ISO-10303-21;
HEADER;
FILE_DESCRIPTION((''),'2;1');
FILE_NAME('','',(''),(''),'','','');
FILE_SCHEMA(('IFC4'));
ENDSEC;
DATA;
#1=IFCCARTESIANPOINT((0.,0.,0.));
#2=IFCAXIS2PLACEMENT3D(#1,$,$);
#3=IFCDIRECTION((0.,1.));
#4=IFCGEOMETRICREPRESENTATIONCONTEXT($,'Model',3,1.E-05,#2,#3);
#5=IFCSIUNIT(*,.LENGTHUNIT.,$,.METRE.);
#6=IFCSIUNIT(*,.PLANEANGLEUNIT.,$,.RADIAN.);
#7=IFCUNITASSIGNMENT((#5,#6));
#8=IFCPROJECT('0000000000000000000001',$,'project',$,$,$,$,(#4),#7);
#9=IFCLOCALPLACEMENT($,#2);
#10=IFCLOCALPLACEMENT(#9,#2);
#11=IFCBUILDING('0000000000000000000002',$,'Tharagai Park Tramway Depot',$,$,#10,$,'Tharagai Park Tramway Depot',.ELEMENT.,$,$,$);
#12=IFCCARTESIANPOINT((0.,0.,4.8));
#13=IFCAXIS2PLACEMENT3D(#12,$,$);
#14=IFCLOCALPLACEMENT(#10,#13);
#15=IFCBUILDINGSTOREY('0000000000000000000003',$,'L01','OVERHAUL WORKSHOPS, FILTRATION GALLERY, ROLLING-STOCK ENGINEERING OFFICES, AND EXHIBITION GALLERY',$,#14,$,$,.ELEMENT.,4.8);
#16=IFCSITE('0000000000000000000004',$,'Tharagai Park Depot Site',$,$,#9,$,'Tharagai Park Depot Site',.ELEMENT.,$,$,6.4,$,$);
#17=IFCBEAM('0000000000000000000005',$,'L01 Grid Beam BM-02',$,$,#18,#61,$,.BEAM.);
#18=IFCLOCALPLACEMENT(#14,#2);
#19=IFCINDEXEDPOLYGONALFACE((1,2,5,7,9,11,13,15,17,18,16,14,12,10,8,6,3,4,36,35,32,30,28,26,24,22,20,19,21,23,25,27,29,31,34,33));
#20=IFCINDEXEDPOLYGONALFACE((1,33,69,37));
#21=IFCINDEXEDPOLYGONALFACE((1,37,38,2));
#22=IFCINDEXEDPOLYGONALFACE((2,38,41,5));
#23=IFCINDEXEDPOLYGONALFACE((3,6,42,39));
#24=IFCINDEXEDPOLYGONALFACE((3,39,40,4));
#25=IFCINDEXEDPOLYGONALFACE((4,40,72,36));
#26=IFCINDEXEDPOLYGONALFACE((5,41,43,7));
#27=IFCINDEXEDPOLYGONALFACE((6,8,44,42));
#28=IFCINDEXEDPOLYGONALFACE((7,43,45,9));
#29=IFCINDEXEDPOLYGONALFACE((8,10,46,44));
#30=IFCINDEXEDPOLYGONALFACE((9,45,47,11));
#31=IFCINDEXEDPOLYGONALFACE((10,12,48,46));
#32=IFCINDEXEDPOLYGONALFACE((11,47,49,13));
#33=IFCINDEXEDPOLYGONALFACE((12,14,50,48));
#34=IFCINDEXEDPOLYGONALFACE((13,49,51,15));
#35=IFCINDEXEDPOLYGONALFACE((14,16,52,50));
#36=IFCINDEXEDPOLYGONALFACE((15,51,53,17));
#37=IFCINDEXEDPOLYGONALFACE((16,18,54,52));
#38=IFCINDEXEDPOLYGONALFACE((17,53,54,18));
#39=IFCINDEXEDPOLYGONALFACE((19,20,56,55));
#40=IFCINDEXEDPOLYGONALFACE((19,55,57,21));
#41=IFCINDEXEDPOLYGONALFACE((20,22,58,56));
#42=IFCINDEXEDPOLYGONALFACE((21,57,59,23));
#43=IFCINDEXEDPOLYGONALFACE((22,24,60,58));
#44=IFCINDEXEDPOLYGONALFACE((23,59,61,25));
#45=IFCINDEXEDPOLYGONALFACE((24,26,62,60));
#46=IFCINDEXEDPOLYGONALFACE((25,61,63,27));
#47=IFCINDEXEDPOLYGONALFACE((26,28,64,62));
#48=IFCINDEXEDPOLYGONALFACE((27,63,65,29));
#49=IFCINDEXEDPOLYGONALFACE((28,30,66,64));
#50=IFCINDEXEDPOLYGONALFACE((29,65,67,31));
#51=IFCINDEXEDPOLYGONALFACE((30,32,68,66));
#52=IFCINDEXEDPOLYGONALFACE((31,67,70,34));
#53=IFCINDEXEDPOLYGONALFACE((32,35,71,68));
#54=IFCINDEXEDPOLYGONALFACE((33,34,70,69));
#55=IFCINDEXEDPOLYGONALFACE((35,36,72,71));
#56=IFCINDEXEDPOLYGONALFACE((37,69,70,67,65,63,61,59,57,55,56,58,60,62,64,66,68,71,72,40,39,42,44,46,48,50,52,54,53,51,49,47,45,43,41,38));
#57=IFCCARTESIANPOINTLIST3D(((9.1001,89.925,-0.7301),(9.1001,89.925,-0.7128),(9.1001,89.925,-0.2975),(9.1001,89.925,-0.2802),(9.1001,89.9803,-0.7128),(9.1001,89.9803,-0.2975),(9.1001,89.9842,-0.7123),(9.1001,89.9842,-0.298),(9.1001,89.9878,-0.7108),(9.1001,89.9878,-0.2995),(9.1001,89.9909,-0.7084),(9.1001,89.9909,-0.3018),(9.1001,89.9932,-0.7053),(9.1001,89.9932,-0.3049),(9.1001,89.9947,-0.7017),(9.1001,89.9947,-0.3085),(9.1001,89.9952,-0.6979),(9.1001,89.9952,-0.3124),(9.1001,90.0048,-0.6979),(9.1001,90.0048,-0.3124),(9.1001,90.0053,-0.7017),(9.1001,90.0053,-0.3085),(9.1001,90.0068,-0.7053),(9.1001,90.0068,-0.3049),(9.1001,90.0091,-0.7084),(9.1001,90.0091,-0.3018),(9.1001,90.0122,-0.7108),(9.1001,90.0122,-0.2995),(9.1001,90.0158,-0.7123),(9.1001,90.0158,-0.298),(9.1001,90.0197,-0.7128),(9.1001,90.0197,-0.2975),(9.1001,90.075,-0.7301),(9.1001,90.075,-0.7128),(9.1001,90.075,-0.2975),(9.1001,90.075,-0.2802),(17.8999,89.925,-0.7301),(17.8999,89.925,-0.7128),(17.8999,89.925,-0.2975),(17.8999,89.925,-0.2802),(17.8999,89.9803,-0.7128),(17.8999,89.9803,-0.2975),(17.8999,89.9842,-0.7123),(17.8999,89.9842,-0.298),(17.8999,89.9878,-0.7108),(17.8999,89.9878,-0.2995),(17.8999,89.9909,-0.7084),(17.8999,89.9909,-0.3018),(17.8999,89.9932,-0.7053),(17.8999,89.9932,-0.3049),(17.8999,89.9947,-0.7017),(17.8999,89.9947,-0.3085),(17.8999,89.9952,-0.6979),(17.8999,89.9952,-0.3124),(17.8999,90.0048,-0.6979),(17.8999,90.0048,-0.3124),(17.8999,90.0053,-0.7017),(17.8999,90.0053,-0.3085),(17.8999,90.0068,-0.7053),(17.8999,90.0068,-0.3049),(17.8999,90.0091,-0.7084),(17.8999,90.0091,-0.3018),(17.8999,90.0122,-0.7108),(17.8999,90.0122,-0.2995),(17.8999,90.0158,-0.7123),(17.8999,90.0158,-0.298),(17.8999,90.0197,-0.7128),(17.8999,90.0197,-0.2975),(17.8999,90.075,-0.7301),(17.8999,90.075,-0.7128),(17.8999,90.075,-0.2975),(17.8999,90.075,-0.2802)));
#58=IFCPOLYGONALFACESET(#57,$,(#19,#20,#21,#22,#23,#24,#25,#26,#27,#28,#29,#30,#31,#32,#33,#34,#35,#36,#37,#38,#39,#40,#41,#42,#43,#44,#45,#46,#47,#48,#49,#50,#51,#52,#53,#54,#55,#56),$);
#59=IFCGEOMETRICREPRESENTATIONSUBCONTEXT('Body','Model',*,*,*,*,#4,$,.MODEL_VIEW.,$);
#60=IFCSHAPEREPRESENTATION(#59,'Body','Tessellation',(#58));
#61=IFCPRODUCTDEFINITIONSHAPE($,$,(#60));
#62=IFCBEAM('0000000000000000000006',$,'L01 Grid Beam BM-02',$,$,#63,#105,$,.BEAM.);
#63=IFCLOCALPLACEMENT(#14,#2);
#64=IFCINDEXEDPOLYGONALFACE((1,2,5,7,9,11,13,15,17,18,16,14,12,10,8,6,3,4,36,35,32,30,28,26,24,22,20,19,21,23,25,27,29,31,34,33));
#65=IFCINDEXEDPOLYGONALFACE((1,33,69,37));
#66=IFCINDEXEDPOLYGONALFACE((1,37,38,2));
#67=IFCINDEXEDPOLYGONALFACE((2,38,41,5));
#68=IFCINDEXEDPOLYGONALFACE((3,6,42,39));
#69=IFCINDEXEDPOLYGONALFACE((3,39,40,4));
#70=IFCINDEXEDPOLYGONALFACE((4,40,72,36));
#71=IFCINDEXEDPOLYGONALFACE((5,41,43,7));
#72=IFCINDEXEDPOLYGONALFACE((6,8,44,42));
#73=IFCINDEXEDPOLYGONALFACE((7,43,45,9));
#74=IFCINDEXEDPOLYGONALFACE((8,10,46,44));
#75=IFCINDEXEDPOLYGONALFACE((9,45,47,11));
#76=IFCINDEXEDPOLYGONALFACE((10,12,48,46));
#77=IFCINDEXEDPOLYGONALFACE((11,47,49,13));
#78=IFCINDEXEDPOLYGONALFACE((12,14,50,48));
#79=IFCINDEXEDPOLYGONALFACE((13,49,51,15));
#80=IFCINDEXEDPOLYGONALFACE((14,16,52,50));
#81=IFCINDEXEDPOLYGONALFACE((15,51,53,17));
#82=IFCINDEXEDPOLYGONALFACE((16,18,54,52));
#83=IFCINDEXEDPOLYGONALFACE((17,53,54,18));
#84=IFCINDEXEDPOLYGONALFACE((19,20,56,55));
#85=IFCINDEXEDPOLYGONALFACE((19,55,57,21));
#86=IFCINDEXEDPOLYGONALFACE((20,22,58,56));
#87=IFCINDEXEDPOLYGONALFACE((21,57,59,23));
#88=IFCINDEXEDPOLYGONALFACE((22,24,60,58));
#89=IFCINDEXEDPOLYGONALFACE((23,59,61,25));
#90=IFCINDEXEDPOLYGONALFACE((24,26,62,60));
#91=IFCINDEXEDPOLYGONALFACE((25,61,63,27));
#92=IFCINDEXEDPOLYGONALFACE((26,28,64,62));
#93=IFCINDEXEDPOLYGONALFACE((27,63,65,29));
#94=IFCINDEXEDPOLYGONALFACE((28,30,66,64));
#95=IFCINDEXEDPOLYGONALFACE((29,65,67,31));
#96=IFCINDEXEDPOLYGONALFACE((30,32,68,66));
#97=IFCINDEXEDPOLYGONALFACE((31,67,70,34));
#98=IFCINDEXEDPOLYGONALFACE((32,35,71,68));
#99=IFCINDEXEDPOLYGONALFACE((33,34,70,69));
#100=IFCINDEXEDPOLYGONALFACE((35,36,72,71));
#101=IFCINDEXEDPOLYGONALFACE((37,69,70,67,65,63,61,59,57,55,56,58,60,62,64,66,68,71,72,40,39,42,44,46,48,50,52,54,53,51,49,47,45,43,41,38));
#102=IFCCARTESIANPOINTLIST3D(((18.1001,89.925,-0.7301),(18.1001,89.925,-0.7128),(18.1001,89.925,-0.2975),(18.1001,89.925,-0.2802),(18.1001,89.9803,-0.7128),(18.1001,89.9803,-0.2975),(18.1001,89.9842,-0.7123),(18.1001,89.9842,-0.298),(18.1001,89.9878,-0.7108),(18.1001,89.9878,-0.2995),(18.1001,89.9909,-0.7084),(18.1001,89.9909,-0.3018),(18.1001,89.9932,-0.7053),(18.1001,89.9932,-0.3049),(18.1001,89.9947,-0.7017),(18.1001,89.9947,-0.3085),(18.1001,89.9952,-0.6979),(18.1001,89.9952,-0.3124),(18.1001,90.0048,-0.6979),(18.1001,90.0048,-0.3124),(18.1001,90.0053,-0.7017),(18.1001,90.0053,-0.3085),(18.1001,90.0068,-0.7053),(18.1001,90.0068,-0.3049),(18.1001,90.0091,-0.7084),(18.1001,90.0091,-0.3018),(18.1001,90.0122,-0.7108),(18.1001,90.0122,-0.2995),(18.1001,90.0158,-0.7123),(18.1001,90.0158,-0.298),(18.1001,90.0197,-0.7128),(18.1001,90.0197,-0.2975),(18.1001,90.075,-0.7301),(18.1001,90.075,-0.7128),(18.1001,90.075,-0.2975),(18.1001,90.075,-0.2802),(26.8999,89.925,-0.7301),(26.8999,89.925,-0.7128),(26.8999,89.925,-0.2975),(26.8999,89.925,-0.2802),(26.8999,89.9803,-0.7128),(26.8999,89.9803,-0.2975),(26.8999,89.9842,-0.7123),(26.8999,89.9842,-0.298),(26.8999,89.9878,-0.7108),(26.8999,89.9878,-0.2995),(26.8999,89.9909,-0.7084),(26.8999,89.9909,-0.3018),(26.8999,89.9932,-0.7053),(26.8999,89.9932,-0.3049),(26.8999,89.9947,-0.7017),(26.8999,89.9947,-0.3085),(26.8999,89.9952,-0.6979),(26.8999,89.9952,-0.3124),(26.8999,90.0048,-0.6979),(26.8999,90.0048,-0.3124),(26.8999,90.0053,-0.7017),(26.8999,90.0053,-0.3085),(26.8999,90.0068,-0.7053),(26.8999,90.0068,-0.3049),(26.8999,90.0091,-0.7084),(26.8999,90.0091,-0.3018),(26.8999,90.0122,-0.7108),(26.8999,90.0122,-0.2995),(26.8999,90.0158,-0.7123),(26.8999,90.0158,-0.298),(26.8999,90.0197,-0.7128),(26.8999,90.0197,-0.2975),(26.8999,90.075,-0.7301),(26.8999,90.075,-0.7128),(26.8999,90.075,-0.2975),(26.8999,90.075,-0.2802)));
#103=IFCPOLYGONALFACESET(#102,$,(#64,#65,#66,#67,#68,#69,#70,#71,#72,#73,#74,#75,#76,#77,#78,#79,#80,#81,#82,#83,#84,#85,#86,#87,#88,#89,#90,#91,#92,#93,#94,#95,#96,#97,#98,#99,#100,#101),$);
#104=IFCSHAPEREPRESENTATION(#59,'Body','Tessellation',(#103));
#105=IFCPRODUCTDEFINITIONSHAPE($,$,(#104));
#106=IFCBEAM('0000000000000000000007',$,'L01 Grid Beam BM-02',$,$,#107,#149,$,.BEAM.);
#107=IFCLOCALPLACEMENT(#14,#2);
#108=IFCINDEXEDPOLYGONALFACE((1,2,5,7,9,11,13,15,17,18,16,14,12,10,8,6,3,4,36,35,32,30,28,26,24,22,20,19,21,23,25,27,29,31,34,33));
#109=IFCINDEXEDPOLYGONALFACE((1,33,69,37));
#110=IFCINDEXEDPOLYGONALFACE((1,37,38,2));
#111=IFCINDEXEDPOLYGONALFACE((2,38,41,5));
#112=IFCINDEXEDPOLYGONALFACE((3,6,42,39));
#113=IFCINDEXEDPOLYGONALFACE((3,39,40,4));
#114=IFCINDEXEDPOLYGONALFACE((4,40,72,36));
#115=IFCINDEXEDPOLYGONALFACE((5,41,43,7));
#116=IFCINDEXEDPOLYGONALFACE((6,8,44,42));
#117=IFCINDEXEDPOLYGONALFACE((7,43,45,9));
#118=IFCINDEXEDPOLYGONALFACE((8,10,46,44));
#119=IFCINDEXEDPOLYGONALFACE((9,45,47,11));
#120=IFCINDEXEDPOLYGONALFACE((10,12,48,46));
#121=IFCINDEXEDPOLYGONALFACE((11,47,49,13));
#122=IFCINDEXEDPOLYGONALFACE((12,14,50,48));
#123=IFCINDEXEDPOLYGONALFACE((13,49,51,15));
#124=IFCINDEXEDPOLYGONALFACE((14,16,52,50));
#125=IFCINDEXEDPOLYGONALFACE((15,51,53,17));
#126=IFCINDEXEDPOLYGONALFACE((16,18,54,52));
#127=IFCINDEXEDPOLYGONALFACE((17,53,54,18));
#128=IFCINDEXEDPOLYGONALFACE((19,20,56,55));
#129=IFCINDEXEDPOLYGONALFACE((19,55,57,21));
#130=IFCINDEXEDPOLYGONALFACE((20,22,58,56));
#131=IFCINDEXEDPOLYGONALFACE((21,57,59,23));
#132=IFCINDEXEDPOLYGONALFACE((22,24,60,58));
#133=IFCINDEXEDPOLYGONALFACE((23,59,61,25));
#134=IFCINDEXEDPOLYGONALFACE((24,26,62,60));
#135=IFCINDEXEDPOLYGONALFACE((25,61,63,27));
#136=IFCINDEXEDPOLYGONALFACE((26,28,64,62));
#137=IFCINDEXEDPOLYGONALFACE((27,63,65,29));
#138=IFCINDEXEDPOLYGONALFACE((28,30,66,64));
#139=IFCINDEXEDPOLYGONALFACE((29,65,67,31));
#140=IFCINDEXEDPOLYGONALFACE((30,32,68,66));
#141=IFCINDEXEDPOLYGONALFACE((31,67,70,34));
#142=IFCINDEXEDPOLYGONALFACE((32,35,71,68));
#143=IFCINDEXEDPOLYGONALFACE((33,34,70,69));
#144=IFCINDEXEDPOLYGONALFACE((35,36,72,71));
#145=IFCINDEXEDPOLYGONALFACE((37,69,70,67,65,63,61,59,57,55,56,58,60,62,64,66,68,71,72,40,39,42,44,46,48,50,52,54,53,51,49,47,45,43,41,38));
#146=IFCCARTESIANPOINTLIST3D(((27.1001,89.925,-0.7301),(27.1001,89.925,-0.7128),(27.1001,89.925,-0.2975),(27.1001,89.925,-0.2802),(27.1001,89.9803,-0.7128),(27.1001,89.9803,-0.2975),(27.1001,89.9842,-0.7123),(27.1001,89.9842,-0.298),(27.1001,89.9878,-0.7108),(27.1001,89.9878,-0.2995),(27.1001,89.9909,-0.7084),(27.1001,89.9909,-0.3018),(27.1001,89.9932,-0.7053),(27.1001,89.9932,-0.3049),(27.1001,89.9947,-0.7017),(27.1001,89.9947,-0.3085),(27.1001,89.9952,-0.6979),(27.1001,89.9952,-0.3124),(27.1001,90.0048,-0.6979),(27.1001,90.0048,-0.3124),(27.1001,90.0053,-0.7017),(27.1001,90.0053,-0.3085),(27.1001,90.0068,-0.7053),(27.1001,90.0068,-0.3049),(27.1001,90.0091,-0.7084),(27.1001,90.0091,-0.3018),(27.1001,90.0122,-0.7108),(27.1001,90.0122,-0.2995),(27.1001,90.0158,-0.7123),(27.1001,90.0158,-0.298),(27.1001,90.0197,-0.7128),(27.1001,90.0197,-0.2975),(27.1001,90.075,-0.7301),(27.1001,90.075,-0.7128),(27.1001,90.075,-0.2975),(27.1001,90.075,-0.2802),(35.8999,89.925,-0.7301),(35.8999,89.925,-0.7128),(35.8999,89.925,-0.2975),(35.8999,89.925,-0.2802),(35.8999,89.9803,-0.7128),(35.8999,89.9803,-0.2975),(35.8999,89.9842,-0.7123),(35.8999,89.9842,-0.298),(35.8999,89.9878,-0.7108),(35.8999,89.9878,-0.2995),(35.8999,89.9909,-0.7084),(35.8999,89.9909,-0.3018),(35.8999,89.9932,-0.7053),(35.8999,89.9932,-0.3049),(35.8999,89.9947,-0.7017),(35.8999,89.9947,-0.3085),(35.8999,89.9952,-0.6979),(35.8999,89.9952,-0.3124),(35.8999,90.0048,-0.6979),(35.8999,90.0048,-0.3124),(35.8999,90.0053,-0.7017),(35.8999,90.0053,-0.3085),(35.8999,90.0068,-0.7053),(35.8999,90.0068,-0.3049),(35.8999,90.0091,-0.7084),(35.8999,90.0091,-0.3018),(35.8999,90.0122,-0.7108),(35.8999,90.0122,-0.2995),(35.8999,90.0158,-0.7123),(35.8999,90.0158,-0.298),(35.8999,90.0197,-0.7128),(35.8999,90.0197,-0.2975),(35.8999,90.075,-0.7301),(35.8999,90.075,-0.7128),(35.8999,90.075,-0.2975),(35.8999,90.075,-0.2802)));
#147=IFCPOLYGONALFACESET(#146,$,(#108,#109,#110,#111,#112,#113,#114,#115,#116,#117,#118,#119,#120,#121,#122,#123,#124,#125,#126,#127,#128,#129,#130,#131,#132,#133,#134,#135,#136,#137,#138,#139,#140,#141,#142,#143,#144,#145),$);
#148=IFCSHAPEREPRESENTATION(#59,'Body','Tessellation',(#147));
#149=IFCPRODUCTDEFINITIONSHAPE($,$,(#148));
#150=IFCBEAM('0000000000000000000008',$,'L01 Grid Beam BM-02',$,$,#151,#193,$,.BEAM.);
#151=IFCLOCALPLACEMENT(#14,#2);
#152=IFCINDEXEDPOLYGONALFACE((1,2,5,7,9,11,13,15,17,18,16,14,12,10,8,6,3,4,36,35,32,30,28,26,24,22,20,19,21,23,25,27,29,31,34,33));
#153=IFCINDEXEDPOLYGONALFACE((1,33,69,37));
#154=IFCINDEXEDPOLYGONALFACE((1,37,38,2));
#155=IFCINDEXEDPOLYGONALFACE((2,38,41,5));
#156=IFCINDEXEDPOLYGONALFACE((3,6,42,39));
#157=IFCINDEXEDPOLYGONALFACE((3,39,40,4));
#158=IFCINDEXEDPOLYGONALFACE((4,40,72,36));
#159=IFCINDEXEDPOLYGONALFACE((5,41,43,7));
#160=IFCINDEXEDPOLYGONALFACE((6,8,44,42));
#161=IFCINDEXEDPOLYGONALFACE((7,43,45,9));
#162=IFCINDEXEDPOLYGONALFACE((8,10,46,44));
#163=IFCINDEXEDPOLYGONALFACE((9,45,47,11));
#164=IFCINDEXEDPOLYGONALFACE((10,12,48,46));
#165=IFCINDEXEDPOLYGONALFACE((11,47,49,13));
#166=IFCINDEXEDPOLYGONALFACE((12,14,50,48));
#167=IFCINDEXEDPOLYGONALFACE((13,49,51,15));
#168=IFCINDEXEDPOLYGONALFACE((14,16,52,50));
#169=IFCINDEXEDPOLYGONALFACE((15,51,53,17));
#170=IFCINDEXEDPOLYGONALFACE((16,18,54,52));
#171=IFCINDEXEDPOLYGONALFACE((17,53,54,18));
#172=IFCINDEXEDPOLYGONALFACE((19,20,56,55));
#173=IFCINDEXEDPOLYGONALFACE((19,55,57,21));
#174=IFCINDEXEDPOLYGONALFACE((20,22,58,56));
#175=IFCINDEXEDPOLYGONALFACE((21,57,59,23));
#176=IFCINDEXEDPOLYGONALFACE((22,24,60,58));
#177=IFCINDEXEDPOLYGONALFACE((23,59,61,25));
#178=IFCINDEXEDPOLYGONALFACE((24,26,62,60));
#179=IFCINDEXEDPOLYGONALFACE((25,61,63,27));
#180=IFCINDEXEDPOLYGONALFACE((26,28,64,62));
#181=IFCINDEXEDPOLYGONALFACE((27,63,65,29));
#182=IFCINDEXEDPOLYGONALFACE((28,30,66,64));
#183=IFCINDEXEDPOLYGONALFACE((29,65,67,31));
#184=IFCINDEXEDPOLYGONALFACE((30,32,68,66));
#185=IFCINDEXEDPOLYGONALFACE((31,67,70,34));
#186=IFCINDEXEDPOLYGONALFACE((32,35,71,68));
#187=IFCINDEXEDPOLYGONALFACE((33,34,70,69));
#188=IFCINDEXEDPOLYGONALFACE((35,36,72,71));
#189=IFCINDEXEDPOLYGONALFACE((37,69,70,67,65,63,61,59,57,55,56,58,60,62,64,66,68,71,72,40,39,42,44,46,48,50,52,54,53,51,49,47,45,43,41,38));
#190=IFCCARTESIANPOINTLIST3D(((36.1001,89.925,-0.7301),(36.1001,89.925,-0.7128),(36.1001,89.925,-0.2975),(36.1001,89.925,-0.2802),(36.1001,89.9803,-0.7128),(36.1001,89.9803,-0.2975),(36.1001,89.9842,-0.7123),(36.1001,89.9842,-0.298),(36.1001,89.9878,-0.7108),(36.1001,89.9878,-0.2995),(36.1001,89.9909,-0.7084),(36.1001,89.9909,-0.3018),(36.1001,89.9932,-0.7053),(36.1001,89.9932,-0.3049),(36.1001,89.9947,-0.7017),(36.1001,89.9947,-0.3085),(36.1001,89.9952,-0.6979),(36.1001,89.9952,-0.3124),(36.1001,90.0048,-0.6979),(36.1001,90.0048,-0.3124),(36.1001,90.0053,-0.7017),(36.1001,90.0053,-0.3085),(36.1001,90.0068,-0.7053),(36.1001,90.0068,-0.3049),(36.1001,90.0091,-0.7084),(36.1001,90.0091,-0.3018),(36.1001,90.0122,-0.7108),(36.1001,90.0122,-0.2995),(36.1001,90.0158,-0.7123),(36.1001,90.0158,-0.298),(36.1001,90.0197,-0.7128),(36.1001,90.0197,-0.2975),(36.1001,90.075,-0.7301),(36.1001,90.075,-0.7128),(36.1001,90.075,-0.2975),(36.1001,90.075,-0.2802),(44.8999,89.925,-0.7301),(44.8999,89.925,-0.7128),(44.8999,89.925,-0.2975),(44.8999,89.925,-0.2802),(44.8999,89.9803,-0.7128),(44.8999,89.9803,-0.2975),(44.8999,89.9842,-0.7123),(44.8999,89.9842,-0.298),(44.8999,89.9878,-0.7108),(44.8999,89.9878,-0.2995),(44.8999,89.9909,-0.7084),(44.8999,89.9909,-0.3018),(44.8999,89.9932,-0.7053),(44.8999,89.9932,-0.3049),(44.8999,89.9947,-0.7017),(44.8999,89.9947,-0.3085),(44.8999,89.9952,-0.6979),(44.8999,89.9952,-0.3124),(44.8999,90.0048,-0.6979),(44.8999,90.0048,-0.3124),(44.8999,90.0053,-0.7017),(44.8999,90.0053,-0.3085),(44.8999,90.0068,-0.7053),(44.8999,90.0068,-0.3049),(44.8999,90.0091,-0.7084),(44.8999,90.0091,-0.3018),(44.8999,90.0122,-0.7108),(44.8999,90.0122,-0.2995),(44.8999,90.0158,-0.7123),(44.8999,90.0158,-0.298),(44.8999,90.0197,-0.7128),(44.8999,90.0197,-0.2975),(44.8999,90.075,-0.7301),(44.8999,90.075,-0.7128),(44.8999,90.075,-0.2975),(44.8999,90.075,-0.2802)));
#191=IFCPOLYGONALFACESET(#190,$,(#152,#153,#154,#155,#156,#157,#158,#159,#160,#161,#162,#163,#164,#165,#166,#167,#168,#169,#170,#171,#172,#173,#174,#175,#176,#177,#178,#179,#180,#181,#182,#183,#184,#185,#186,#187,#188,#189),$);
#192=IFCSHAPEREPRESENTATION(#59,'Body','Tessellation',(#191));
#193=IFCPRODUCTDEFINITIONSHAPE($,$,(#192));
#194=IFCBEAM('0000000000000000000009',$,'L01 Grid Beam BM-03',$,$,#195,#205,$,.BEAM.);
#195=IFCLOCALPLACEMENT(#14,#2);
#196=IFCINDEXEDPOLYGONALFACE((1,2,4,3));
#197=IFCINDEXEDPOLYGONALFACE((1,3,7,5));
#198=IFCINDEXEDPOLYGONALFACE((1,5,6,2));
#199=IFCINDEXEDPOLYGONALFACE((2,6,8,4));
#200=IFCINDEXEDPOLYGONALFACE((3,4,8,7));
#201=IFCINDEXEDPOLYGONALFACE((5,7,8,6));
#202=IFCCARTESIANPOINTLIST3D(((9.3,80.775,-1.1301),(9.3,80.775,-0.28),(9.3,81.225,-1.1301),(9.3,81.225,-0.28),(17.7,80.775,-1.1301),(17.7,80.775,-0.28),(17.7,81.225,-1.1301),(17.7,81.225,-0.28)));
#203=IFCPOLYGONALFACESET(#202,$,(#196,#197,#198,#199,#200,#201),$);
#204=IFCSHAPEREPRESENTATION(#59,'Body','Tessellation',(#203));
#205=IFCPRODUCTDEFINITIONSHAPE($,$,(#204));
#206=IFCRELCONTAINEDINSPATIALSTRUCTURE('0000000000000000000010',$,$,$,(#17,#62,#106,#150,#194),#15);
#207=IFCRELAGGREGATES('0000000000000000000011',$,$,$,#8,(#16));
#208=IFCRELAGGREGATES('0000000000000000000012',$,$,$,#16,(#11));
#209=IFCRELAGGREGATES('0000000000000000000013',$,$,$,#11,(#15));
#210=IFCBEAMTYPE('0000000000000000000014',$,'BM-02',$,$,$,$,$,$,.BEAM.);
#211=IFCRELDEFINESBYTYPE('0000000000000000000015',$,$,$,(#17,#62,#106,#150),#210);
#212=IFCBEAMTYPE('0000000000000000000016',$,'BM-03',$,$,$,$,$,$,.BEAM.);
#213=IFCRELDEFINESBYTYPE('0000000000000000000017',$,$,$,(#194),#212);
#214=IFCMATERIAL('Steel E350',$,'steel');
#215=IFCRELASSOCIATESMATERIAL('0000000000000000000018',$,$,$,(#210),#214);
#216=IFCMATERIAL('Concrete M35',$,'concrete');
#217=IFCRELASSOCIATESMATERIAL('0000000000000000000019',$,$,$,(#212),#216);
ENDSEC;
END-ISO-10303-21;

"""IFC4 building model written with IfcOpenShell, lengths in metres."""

from ifc_helpers import new_model, si_unit, direction, frame, origin, origin_2d, place, context, subcontext, project, spatial, rectangle, i_section, extrude, material, material_profile, profile_set, type_object, element, save


model = new_model("IFC4")

# Units and contexts
model_context = context("Model", 3, precision=1e-05, world=origin(), true_north=direction((0.0, 1.0)))
body_context = subcontext(model_context, "Body", "Model", "MODEL_VIEW")
ifc_project = project(units=[si_unit("LENGTHUNIT", "METRE"), si_unit("PLANEANGLEUNIT", "RADIAN")], contexts=[model_context])

# Site, building, storey
site_placement = place(None, origin())
site = spatial("IfcSite", under=ifc_project, at=site_placement, Name="Tharagai Park Depot Site", LongName="Tharagai Park Depot Site", CompositionType="ELEMENT", RefElevation=6.4)
building_placement = place(site_placement, origin())
building = spatial("IfcBuilding", under=site, at=building_placement, Name="Tharagai Park Tramway Depot", LongName="Tharagai Park Tramway Depot", CompositionType="ELEMENT")
storey_placement = place(building_placement, frame((0.0, 0.0, 4.8)))
storey = spatial("IfcBuildingStorey", under=building, at=storey_placement, Name="L01", Description="OVERHAUL WORKSHOPS, FILTRATION GALLERY, ROLLING-STOCK ENGINEERING OFFICES, AND EXHIBITION GALLERY", CompositionType="ELEMENT", Elevation=4.8)

# Shared definitions
ifc_material_1 = material(Name="Steel E350", Category="steel")

# Beams
ifc_material_profile_1 = material_profile(ifc_material_1, i_section(OverallWidth=0.1499, OverallDepth=0.45, WebThickness=0.0095, FlangeThickness=0.0173, FilletRadius=0.0149, at=origin_2d()), Name="ISMB 450")
ifc_profile_set_1 = profile_set([ifc_material_profile_1], Name="Steel E350")
beam_type_1 = type_object("IfcBeamType", Name="BM-02", PredefinedType="BEAM", material=ifc_profile_set_1)
for number, where, z_axis, x_axis, name in (
    (1, (9.1001, 90.0, -0.5051), (1.0, 0.0, 0.0), (0.0, 1.0, 0.0), "L01 Grid Beam BM-02"),
    (2, (18.1001, 90.0, -0.5051), (1.0, 0.0, 0.0), (0.0, 1.0, 0.0), "L01 Grid Beam BM-02"),
    (3, (27.1001, 90.0, -0.5051), (1.0, 0.0, 0.0), (0.0, 1.0, 0.0), "L01 Grid Beam BM-02"),
    (4, (36.1001, 90.0, -0.5051), (1.0, 0.0, 0.0), (0.0, 1.0, 0.0), "L01 Grid Beam BM-02"),
):
    element("IfcBeam", number, at=place(storey_placement, frame(where, z_axis=z_axis, x_axis=x_axis)), inside=storey, type_object=beam_type_1, Name=name, PredefinedType="BEAM", context=body_context, shape_type="SweptSolid", body=[
        extrude(i_section(OverallWidth=0.1499, OverallDepth=0.45, WebThickness=0.0095, FlangeThickness=0.0173, FilletRadius=0.0149, at=origin_2d()), origin(), (0.0, 0.0, 1.0), 8.7998),
    ])
ifc_material_2 = material(Name="Concrete M35", Category="concrete")
ifc_material_profile_2 = material_profile(ifc_material_2, rectangle(XDim=0.45, YDim=0.8501, at=origin_2d()), Name="RC 450x850")
ifc_profile_set_2 = profile_set([ifc_material_profile_2], Name="Concrete M35")
beam_type_2 = type_object("IfcBeamType", Name="BM-03", PredefinedType="BEAM", material=ifc_profile_set_2)
for number, where, z_axis, x_axis, name in (
    (5, (9.3, 81.0, -0.7051), (1.0, 0.0, 0.0), (0.0, 1.0, 0.0), "L01 Grid Beam BM-03"),
):
    element("IfcBeam", number, at=place(storey_placement, frame(where, z_axis=z_axis, x_axis=x_axis)), inside=storey, type_object=beam_type_2, Name=name, PredefinedType="BEAM", context=body_context, shape_type="SweptSolid", body=[
        extrude(rectangle(XDim=0.45, YDim=0.8501, at=origin_2d()), origin(), (0.0, 0.0, 1.0), 8.3999),
    ])

save(model, "model.ifc")
